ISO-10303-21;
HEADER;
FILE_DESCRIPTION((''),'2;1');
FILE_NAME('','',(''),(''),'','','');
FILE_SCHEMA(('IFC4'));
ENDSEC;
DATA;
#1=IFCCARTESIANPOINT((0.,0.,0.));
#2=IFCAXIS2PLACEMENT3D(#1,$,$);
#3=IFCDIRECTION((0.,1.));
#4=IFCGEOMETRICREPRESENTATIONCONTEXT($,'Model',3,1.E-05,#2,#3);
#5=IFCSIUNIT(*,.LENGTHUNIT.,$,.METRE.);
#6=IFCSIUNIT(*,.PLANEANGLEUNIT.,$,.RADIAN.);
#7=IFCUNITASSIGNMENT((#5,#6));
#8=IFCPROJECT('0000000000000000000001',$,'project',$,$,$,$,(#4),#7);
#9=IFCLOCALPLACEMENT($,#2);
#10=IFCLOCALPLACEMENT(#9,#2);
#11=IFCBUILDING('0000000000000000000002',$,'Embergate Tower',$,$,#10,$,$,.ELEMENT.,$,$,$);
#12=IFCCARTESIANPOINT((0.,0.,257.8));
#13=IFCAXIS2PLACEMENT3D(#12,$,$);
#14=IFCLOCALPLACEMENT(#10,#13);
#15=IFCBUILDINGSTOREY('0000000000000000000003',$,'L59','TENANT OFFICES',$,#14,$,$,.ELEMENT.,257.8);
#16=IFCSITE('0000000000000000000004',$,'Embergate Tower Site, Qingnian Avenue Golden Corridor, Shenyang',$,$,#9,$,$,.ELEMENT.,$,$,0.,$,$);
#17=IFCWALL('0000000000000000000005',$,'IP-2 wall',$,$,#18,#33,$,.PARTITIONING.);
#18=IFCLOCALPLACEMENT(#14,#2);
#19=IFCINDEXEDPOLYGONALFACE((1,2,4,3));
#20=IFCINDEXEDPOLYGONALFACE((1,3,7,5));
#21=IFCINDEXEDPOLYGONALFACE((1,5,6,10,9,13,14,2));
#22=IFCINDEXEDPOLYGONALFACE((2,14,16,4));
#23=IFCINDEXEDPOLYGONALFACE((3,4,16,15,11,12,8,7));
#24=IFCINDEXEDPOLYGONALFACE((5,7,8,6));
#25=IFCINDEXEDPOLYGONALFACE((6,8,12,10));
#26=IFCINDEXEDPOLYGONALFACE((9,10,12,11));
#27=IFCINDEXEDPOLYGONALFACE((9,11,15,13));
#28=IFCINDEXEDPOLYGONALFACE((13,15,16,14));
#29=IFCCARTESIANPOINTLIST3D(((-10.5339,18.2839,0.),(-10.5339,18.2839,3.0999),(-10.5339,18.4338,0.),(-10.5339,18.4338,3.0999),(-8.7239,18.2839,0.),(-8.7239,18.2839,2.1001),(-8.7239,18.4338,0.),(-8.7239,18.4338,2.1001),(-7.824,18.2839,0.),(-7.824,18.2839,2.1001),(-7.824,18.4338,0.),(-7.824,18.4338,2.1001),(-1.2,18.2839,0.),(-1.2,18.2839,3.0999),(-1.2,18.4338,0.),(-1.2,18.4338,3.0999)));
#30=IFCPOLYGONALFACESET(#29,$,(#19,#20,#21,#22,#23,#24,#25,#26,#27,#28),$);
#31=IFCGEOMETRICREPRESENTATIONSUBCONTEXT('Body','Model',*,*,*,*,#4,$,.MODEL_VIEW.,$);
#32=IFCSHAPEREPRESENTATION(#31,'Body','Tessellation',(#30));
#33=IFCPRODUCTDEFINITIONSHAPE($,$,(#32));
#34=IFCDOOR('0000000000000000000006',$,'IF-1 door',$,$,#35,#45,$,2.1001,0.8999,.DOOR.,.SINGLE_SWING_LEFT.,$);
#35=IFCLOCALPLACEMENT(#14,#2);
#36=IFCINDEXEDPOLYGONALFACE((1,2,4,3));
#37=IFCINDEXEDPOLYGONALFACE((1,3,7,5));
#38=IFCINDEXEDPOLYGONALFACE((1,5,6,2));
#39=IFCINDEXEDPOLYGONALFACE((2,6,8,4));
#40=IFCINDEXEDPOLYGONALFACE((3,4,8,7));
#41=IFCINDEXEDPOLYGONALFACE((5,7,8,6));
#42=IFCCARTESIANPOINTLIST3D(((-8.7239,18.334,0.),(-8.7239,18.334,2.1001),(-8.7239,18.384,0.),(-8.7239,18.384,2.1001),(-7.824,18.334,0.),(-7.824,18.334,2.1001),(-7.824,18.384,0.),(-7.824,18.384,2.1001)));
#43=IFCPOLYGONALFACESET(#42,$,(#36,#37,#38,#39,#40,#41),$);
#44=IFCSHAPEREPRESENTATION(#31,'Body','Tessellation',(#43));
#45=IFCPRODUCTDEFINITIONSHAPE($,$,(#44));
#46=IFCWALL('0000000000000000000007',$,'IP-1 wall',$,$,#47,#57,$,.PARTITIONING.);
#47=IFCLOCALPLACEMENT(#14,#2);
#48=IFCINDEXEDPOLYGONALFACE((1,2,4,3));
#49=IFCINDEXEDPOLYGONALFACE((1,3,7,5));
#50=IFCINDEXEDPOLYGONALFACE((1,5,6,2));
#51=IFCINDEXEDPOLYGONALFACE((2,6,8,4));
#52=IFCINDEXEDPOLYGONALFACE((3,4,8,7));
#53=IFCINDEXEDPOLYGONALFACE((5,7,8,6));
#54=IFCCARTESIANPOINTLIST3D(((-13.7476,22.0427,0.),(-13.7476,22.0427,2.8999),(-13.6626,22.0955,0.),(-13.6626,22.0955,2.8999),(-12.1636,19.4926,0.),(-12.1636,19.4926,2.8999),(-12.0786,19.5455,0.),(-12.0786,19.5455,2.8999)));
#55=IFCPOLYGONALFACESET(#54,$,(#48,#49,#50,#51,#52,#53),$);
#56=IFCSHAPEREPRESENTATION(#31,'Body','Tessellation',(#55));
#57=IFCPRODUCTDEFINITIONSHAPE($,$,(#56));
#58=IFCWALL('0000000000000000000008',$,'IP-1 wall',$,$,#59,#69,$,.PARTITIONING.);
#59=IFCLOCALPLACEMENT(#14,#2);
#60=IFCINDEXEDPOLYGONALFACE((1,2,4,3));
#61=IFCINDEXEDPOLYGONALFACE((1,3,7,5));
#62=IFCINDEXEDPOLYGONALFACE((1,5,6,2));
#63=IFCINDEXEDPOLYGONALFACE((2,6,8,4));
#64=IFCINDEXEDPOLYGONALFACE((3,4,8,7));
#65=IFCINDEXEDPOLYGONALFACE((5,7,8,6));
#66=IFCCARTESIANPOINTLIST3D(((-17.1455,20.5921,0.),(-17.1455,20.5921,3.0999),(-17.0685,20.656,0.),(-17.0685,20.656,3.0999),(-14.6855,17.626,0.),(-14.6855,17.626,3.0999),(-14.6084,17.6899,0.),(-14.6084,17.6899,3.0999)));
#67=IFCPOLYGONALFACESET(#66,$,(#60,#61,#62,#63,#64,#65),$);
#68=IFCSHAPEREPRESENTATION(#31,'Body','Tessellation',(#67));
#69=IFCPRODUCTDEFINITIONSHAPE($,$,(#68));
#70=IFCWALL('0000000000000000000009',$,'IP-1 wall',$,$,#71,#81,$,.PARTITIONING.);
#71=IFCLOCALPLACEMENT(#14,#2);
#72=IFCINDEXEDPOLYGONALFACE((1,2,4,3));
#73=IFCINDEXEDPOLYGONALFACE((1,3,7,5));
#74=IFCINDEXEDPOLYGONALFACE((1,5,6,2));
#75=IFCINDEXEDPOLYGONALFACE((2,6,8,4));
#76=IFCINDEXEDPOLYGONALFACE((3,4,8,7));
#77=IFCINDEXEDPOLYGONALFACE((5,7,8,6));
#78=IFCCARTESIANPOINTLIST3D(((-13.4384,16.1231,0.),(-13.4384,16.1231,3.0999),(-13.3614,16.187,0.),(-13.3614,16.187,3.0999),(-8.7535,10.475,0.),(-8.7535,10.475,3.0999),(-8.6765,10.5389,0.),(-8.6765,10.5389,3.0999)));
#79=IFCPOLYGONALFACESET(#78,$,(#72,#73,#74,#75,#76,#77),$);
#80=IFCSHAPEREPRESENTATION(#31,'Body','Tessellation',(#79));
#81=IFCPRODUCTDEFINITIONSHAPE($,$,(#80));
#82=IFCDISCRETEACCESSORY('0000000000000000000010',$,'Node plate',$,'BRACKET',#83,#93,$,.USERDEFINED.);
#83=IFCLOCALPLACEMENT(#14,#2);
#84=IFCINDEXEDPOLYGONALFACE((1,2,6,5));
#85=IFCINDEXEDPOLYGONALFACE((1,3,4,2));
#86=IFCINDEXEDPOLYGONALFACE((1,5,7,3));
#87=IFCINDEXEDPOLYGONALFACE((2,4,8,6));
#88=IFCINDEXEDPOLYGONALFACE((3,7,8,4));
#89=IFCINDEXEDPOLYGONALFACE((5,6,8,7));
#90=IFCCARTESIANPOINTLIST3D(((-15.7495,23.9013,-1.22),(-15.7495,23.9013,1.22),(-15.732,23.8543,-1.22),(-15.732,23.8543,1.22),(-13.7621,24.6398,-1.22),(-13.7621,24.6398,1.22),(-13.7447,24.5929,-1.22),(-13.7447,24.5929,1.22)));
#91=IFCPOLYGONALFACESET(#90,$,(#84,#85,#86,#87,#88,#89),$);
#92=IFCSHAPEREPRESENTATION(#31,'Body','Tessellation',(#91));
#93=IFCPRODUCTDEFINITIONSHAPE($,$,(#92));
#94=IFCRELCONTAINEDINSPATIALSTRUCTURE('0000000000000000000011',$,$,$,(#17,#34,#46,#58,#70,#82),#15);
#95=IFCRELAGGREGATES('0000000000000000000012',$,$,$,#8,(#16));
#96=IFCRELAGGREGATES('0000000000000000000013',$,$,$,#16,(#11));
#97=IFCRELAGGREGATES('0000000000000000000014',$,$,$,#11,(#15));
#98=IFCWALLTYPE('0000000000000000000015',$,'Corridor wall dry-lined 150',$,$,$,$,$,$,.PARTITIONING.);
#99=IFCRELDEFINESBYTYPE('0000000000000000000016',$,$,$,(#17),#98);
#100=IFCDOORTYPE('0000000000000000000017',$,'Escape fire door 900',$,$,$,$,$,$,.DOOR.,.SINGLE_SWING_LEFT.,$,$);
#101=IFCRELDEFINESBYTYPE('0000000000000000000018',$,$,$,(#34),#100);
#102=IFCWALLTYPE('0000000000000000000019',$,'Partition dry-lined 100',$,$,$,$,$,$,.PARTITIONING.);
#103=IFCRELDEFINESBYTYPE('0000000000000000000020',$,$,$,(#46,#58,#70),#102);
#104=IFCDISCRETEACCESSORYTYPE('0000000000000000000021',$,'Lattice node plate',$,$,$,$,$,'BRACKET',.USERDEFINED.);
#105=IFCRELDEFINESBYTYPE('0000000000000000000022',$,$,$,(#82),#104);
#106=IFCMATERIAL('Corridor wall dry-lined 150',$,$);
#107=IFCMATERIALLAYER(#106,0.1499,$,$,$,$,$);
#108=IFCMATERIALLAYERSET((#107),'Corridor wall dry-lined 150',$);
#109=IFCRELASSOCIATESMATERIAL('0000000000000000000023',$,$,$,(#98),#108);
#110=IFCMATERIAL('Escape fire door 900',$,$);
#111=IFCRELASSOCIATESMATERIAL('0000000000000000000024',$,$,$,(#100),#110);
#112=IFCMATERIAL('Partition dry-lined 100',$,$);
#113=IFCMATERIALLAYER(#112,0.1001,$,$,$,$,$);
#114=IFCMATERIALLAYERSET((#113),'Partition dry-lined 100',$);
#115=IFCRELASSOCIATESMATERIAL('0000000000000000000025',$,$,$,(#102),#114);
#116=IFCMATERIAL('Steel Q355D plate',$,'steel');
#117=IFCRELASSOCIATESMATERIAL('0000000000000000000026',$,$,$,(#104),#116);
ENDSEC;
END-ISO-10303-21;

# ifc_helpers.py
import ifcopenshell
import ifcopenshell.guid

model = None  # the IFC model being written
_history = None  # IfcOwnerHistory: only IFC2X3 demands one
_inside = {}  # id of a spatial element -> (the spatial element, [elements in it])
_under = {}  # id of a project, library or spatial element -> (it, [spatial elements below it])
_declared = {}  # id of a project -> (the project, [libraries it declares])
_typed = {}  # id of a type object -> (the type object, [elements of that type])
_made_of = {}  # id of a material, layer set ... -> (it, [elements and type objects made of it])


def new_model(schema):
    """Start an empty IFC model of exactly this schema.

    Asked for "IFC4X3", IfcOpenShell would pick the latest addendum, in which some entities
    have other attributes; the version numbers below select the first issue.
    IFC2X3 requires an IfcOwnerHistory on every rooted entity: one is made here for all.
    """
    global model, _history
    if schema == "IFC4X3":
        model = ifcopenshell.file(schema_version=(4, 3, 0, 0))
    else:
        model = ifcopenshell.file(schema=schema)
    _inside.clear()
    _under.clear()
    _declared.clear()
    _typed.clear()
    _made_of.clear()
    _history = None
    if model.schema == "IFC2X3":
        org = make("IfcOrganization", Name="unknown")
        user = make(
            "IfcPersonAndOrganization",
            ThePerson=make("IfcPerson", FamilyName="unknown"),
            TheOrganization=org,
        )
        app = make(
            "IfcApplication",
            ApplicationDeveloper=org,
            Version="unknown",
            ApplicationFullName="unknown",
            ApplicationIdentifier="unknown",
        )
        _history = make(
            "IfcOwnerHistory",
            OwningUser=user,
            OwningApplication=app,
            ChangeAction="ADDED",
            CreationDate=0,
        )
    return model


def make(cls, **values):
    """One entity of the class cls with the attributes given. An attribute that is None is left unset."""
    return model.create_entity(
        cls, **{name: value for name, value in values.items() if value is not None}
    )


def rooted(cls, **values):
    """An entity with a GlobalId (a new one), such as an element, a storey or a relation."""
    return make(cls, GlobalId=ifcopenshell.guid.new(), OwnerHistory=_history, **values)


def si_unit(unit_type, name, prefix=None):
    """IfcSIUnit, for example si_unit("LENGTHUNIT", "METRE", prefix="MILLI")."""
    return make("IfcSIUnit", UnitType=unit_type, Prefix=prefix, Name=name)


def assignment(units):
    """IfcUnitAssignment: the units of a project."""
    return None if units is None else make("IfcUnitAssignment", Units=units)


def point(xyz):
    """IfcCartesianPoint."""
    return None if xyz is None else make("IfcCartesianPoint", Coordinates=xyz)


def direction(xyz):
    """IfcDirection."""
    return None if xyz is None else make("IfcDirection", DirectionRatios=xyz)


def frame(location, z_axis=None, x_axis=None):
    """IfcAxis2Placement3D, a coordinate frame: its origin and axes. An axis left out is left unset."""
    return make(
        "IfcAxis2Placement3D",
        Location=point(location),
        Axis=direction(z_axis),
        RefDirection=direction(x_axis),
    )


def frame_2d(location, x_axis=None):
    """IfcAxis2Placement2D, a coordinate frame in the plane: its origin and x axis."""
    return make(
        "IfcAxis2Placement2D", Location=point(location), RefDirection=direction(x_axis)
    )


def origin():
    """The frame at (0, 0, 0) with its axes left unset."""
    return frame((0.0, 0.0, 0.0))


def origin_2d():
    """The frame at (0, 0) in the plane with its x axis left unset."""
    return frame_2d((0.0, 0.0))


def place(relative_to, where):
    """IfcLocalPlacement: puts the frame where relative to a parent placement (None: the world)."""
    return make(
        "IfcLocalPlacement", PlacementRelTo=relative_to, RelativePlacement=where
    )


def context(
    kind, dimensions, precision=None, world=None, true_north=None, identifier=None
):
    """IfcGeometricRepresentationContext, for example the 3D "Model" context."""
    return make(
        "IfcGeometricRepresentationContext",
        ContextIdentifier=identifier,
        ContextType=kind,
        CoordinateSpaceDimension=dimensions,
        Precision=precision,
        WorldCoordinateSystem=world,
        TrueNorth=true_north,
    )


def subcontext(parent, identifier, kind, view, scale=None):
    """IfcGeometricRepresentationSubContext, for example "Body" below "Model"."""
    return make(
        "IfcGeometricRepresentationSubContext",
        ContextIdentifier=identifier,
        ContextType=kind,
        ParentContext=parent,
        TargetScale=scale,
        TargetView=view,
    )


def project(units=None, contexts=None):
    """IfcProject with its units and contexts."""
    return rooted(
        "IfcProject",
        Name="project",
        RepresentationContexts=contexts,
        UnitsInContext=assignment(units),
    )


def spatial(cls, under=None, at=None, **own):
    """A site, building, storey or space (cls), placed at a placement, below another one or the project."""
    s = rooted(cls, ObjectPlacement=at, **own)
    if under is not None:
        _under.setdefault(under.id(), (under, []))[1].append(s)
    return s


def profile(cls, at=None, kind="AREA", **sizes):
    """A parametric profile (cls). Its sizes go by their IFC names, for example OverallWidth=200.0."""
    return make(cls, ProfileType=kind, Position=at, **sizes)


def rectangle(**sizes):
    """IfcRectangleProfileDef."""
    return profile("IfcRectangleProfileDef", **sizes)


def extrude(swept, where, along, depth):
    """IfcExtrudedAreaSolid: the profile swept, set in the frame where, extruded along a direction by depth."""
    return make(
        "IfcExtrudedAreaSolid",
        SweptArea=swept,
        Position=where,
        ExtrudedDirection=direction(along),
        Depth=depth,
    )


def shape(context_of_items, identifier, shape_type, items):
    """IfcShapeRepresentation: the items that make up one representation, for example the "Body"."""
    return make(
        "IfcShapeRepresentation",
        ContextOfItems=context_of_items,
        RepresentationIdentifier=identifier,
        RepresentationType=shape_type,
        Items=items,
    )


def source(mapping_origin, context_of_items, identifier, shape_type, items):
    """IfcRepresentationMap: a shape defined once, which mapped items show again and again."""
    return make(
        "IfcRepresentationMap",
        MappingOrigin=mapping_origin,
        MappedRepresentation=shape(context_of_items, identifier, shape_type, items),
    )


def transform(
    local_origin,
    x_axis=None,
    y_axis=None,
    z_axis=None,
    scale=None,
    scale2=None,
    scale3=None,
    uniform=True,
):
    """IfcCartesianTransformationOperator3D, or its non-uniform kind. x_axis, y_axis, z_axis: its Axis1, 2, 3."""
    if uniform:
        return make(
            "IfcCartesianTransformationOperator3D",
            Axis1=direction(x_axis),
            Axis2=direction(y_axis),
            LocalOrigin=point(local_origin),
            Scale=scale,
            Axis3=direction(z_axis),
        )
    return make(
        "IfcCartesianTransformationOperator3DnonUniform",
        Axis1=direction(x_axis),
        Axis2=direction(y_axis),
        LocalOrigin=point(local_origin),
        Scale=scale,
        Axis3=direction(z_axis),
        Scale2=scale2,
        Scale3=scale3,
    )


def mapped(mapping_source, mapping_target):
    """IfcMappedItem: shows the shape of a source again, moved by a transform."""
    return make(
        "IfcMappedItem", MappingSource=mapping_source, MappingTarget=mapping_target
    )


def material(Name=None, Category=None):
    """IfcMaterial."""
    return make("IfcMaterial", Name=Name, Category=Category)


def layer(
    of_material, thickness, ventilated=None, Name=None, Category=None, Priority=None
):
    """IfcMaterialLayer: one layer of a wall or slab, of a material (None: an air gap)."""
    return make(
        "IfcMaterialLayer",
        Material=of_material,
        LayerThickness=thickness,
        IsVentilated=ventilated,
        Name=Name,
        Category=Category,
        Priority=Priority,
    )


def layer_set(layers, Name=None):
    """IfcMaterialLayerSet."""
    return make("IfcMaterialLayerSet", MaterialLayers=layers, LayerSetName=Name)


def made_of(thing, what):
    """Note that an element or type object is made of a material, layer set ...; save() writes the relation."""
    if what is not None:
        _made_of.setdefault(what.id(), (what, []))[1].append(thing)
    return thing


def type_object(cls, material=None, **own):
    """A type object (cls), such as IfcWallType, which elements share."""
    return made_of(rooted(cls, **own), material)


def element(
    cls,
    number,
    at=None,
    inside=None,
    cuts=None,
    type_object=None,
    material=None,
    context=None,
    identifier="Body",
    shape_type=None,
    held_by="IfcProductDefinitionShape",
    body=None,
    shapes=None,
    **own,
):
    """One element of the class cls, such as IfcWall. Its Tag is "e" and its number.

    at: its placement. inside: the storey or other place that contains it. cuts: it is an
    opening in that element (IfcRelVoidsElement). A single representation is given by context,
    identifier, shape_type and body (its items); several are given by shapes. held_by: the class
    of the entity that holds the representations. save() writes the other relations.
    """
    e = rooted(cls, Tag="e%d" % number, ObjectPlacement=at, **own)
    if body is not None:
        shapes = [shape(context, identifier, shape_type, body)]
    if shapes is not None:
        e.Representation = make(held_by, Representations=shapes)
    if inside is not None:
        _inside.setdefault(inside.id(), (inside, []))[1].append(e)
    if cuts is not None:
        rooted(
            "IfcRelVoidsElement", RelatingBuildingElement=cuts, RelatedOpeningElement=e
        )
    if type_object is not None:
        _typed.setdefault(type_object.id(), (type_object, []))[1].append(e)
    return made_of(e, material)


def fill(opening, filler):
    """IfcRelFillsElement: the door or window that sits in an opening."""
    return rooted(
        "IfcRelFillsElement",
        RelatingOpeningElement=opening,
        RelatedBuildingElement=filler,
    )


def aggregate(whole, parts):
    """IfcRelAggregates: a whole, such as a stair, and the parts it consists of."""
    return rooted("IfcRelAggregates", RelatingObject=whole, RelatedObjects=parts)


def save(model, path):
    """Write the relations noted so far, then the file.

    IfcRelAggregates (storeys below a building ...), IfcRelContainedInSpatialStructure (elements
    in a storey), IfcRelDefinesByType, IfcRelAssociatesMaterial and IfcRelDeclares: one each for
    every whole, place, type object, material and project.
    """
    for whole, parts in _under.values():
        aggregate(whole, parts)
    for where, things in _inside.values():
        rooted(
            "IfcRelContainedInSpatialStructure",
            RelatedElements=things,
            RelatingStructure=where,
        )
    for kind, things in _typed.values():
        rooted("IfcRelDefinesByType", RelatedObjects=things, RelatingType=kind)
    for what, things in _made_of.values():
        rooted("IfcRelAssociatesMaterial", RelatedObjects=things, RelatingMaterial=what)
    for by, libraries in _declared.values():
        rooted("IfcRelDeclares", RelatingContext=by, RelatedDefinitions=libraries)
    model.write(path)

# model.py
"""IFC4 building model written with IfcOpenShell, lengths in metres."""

from ifc_helpers import new_model, si_unit, direction, frame, frame_2d, origin, origin_2d, place, context, subcontext, project, spatial, rectangle, extrude, source, transform, mapped, material, layer, layer_set, type_object, element, fill, save


model = new_model("IFC4")

# Units and contexts
model_context = context("Model", 3, precision=1e-05, world=origin(), true_north=direction((0.0, 1.0)))
body_context = subcontext(model_context, "Body", "Model", "MODEL_VIEW")
ifc_project = project(units=[si_unit("LENGTHUNIT", "METRE"), si_unit("PLANEANGLEUNIT", "RADIAN")], contexts=[model_context])

# Site, building, storey
site_placement = place(None, origin())
site = spatial("IfcSite", under=ifc_project, at=site_placement, Name="Embergate Tower Site, Qingnian Avenue Golden Corridor, Shenyang", CompositionType="ELEMENT", RefElevation=0.0)
building_placement = place(site_placement, origin())
building = spatial("IfcBuilding", under=site, at=building_placement, Name="Embergate Tower", CompositionType="ELEMENT")
storey_placement = place(building_placement, frame((0.0, 0.0, 257.8)))
storey = spatial("IfcBuildingStorey", under=building, at=storey_placement, Name="L59", Description="TENANT OFFICES", CompositionType="ELEMENT", Elevation=257.8)

# Shared definitions
ifc_material_1 = material(Name="Corridor wall dry-lined 150")
ifc_layer_1 = layer(ifc_material_1, 0.1499)
ifc_layer_set_1 = layer_set([ifc_layer_1], Name="Corridor wall dry-lined 150")
wall_type_1 = type_object("IfcWallType", Name="Corridor wall dry-lined 150", PredefinedType="PARTITIONING", material=ifc_layer_set_1)

# Shared definitions
shared_shape_1 = source(origin(), body_context, "Body", "SweptSolid", [
    extrude(rectangle(XDim=0.8999, YDim=2.1001, at=frame_2d((0.45, 1.05))), frame((0.0, 0.085, 0.0), z_axis=(0.0, -1.0, 0.0), x_axis=(1.0, 0.0, 0.0)), (0.0, 0.0, 1.0), 0.1699),
])
ifc_material_2 = material(Name="Escape fire door 900")
door_type = type_object("IfcDoorType", Name="Escape fire door 900", OperationType="SINGLE_SWING_LEFT", PredefinedType="DOOR", material=ifc_material_2)
shared_shape_2 = source(origin(), body_context, "Body", "SweptSolid", [
    extrude(rectangle(XDim=0.8999, YDim=2.1001, at=frame_2d((0.45, 1.05))), frame((0.0, 0.0249, 0.0), z_axis=(0.0, -1.0, 0.0), x_axis=(1.0, 0.0, 0.0)), (0.0, 0.0, 1.0), 0.05),
])

# Wall, opening, door
shared_shape_3 = source(origin(), body_context, "Body", "SweptSolid", [
    extrude(rectangle(XDim=9.334, YDim=0.1499, at=frame_2d((4.667, 0.0))), origin(), (0.0, 0.0, 1.0), 3.0999),
])
wall_1_placement = place(storey_placement, frame((-1.2, 18.3589, 0.0), z_axis=(0.0, 0.0, 1.0), x_axis=(-1.0, 0.0, 0.0)))
wall_1 = element("IfcWall", 1, at=wall_1_placement, inside=storey, type_object=wall_type_1, Name="IP-2 wall", PredefinedType="PARTITIONING", context=body_context, shape_type="MappedRepresentation", body=[
    mapped(shared_shape_3, transform((0.0, 0.0, 0.0))),
])
opening_1_placement = place(wall_1_placement, frame((6.624, 0.0, 0.0)))
opening_1 = element("IfcOpeningElement", 2, at=opening_1_placement, cuts=wall_1, PredefinedType="OPENING", context=body_context, shape_type="MappedRepresentation", body=[
    mapped(shared_shape_1, transform((0.0, 0.0, 0.0))),
])
door_1_placement = place(opening_1_placement, origin())
door_1 = element("IfcDoor", 3, at=door_1_placement, inside=storey, type_object=door_type, Name="IF-1 door", OperationType="SINGLE_SWING_LEFT", OverallHeight=2.1001, OverallWidth=0.8999, PredefinedType="DOOR", context=body_context, shape_type="MappedRepresentation", body=[
    mapped(shared_shape_2, transform((0.0, 0.0, 0.0))),
])
fill(opening_1, door_1)

# Walls
ifc_material_3 = material(Name="Partition dry-lined 100")
ifc_layer_2 = layer(ifc_material_3, 0.1001)
ifc_layer_set_2 = layer_set([ifc_layer_2], Name="Partition dry-lined 100")
wall_type_2 = type_object("IfcWallType", Name="Partition dry-lined 100", PredefinedType="PARTITIONING", material=ifc_layer_set_2)
shared_shape_4 = source(origin(), body_context, "Body", "SweptSolid", [
    extrude(rectangle(XDim=3.002, YDim=0.1001, at=frame_2d((1.501, 0.0))), origin(), (0.0, 0.0, 1.0), 2.8999),
])
wall_2_placement = place(storey_placement, frame((-12.1211, 19.519, 0.0), z_axis=(0.0, 0.0, 1.0), x_axis=(-0.52765, 0.849462, 0.0)))
element("IfcWall", 4, at=wall_2_placement, inside=storey, type_object=wall_type_2, Name="IP-1 wall", PredefinedType="PARTITIONING", context=body_context, shape_type="MappedRepresentation", body=[
    mapped(shared_shape_4, transform((0.0, 0.0, 0.0))),
])
shared_shape_5 = source(origin(), body_context, "Body", "SweptSolid", [
    extrude(rectangle(XDim=3.8535, YDim=0.1001, at=frame_2d((1.9268, 0.0))), origin(), (0.0, 0.0, 1.0), 3.0999),
])
wall_3_placement = place(storey_placement, frame((-14.647, 17.658, 0.0), z_axis=(0.0, 0.0, 1.0), x_axis=(-0.638382, 0.76972, 0.0)))
element("IfcWall", 5, at=wall_3_placement, inside=storey, type_object=wall_type_2, Name="IP-1 wall", PredefinedType="PARTITIONING", context=body_context, shape_type="MappedRepresentation", body=[
    mapped(shared_shape_5, transform((0.0, 0.0, 0.0))),
])
shared_shape_6 = source(origin(), body_context, "Body", "SweptSolid", [
    extrude(rectangle(XDim=7.3381, YDim=0.1001, at=frame_2d((3.6689, 0.0))), origin(), (0.0, 0.0, 1.0), 3.0999),
])
wall_4_placement = place(storey_placement, frame((-8.7151, 10.5071, 0.0), z_axis=(0.0, 0.0, 1.0), x_axis=(-0.638429, 0.769681, 0.0)))
element("IfcWall", 6, at=wall_4_placement, inside=storey, type_object=wall_type_2, Name="IP-1 wall", PredefinedType="PARTITIONING", context=body_context, shape_type="MappedRepresentation", body=[
    mapped(shared_shape_6, transform((0.0, 0.0, 0.0))),
])

# Discrete accessory
ifc_material_4 = material(Name="Steel Q355D plate", Category="steel")
discrete_accessory_type = type_object("IfcDiscreteAccessoryType", Name="Lattice node plate", ElementType="BRACKET", PredefinedType="USERDEFINED", material=ifc_material_4)
shared_shape_7 = source(origin(), body_context, "Body", "SweptSolid", [
    extrude(rectangle(XDim=2.1201, YDim=0.05, at=origin_2d()), origin(), (0.0, 0.0, 1.0), 2.4399),
])
discrete_accessory_placement = place(storey_placement, frame((-14.7471, 24.2471, -1.22), z_axis=(0.0, 0.0, 1.0), x_axis=(-0.937367, -0.348343, 0.0)))
element("IfcDiscreteAccessory", 7, at=discrete_accessory_placement, inside=storey, type_object=discrete_accessory_type, Name="Node plate", ObjectType="BRACKET", PredefinedType="USERDEFINED", context=body_context, shape_type="MappedRepresentation", body=[
    mapped(shared_shape_7, transform((0.0, 0.0, 0.0))),
])

save(model, "model.ifc")
